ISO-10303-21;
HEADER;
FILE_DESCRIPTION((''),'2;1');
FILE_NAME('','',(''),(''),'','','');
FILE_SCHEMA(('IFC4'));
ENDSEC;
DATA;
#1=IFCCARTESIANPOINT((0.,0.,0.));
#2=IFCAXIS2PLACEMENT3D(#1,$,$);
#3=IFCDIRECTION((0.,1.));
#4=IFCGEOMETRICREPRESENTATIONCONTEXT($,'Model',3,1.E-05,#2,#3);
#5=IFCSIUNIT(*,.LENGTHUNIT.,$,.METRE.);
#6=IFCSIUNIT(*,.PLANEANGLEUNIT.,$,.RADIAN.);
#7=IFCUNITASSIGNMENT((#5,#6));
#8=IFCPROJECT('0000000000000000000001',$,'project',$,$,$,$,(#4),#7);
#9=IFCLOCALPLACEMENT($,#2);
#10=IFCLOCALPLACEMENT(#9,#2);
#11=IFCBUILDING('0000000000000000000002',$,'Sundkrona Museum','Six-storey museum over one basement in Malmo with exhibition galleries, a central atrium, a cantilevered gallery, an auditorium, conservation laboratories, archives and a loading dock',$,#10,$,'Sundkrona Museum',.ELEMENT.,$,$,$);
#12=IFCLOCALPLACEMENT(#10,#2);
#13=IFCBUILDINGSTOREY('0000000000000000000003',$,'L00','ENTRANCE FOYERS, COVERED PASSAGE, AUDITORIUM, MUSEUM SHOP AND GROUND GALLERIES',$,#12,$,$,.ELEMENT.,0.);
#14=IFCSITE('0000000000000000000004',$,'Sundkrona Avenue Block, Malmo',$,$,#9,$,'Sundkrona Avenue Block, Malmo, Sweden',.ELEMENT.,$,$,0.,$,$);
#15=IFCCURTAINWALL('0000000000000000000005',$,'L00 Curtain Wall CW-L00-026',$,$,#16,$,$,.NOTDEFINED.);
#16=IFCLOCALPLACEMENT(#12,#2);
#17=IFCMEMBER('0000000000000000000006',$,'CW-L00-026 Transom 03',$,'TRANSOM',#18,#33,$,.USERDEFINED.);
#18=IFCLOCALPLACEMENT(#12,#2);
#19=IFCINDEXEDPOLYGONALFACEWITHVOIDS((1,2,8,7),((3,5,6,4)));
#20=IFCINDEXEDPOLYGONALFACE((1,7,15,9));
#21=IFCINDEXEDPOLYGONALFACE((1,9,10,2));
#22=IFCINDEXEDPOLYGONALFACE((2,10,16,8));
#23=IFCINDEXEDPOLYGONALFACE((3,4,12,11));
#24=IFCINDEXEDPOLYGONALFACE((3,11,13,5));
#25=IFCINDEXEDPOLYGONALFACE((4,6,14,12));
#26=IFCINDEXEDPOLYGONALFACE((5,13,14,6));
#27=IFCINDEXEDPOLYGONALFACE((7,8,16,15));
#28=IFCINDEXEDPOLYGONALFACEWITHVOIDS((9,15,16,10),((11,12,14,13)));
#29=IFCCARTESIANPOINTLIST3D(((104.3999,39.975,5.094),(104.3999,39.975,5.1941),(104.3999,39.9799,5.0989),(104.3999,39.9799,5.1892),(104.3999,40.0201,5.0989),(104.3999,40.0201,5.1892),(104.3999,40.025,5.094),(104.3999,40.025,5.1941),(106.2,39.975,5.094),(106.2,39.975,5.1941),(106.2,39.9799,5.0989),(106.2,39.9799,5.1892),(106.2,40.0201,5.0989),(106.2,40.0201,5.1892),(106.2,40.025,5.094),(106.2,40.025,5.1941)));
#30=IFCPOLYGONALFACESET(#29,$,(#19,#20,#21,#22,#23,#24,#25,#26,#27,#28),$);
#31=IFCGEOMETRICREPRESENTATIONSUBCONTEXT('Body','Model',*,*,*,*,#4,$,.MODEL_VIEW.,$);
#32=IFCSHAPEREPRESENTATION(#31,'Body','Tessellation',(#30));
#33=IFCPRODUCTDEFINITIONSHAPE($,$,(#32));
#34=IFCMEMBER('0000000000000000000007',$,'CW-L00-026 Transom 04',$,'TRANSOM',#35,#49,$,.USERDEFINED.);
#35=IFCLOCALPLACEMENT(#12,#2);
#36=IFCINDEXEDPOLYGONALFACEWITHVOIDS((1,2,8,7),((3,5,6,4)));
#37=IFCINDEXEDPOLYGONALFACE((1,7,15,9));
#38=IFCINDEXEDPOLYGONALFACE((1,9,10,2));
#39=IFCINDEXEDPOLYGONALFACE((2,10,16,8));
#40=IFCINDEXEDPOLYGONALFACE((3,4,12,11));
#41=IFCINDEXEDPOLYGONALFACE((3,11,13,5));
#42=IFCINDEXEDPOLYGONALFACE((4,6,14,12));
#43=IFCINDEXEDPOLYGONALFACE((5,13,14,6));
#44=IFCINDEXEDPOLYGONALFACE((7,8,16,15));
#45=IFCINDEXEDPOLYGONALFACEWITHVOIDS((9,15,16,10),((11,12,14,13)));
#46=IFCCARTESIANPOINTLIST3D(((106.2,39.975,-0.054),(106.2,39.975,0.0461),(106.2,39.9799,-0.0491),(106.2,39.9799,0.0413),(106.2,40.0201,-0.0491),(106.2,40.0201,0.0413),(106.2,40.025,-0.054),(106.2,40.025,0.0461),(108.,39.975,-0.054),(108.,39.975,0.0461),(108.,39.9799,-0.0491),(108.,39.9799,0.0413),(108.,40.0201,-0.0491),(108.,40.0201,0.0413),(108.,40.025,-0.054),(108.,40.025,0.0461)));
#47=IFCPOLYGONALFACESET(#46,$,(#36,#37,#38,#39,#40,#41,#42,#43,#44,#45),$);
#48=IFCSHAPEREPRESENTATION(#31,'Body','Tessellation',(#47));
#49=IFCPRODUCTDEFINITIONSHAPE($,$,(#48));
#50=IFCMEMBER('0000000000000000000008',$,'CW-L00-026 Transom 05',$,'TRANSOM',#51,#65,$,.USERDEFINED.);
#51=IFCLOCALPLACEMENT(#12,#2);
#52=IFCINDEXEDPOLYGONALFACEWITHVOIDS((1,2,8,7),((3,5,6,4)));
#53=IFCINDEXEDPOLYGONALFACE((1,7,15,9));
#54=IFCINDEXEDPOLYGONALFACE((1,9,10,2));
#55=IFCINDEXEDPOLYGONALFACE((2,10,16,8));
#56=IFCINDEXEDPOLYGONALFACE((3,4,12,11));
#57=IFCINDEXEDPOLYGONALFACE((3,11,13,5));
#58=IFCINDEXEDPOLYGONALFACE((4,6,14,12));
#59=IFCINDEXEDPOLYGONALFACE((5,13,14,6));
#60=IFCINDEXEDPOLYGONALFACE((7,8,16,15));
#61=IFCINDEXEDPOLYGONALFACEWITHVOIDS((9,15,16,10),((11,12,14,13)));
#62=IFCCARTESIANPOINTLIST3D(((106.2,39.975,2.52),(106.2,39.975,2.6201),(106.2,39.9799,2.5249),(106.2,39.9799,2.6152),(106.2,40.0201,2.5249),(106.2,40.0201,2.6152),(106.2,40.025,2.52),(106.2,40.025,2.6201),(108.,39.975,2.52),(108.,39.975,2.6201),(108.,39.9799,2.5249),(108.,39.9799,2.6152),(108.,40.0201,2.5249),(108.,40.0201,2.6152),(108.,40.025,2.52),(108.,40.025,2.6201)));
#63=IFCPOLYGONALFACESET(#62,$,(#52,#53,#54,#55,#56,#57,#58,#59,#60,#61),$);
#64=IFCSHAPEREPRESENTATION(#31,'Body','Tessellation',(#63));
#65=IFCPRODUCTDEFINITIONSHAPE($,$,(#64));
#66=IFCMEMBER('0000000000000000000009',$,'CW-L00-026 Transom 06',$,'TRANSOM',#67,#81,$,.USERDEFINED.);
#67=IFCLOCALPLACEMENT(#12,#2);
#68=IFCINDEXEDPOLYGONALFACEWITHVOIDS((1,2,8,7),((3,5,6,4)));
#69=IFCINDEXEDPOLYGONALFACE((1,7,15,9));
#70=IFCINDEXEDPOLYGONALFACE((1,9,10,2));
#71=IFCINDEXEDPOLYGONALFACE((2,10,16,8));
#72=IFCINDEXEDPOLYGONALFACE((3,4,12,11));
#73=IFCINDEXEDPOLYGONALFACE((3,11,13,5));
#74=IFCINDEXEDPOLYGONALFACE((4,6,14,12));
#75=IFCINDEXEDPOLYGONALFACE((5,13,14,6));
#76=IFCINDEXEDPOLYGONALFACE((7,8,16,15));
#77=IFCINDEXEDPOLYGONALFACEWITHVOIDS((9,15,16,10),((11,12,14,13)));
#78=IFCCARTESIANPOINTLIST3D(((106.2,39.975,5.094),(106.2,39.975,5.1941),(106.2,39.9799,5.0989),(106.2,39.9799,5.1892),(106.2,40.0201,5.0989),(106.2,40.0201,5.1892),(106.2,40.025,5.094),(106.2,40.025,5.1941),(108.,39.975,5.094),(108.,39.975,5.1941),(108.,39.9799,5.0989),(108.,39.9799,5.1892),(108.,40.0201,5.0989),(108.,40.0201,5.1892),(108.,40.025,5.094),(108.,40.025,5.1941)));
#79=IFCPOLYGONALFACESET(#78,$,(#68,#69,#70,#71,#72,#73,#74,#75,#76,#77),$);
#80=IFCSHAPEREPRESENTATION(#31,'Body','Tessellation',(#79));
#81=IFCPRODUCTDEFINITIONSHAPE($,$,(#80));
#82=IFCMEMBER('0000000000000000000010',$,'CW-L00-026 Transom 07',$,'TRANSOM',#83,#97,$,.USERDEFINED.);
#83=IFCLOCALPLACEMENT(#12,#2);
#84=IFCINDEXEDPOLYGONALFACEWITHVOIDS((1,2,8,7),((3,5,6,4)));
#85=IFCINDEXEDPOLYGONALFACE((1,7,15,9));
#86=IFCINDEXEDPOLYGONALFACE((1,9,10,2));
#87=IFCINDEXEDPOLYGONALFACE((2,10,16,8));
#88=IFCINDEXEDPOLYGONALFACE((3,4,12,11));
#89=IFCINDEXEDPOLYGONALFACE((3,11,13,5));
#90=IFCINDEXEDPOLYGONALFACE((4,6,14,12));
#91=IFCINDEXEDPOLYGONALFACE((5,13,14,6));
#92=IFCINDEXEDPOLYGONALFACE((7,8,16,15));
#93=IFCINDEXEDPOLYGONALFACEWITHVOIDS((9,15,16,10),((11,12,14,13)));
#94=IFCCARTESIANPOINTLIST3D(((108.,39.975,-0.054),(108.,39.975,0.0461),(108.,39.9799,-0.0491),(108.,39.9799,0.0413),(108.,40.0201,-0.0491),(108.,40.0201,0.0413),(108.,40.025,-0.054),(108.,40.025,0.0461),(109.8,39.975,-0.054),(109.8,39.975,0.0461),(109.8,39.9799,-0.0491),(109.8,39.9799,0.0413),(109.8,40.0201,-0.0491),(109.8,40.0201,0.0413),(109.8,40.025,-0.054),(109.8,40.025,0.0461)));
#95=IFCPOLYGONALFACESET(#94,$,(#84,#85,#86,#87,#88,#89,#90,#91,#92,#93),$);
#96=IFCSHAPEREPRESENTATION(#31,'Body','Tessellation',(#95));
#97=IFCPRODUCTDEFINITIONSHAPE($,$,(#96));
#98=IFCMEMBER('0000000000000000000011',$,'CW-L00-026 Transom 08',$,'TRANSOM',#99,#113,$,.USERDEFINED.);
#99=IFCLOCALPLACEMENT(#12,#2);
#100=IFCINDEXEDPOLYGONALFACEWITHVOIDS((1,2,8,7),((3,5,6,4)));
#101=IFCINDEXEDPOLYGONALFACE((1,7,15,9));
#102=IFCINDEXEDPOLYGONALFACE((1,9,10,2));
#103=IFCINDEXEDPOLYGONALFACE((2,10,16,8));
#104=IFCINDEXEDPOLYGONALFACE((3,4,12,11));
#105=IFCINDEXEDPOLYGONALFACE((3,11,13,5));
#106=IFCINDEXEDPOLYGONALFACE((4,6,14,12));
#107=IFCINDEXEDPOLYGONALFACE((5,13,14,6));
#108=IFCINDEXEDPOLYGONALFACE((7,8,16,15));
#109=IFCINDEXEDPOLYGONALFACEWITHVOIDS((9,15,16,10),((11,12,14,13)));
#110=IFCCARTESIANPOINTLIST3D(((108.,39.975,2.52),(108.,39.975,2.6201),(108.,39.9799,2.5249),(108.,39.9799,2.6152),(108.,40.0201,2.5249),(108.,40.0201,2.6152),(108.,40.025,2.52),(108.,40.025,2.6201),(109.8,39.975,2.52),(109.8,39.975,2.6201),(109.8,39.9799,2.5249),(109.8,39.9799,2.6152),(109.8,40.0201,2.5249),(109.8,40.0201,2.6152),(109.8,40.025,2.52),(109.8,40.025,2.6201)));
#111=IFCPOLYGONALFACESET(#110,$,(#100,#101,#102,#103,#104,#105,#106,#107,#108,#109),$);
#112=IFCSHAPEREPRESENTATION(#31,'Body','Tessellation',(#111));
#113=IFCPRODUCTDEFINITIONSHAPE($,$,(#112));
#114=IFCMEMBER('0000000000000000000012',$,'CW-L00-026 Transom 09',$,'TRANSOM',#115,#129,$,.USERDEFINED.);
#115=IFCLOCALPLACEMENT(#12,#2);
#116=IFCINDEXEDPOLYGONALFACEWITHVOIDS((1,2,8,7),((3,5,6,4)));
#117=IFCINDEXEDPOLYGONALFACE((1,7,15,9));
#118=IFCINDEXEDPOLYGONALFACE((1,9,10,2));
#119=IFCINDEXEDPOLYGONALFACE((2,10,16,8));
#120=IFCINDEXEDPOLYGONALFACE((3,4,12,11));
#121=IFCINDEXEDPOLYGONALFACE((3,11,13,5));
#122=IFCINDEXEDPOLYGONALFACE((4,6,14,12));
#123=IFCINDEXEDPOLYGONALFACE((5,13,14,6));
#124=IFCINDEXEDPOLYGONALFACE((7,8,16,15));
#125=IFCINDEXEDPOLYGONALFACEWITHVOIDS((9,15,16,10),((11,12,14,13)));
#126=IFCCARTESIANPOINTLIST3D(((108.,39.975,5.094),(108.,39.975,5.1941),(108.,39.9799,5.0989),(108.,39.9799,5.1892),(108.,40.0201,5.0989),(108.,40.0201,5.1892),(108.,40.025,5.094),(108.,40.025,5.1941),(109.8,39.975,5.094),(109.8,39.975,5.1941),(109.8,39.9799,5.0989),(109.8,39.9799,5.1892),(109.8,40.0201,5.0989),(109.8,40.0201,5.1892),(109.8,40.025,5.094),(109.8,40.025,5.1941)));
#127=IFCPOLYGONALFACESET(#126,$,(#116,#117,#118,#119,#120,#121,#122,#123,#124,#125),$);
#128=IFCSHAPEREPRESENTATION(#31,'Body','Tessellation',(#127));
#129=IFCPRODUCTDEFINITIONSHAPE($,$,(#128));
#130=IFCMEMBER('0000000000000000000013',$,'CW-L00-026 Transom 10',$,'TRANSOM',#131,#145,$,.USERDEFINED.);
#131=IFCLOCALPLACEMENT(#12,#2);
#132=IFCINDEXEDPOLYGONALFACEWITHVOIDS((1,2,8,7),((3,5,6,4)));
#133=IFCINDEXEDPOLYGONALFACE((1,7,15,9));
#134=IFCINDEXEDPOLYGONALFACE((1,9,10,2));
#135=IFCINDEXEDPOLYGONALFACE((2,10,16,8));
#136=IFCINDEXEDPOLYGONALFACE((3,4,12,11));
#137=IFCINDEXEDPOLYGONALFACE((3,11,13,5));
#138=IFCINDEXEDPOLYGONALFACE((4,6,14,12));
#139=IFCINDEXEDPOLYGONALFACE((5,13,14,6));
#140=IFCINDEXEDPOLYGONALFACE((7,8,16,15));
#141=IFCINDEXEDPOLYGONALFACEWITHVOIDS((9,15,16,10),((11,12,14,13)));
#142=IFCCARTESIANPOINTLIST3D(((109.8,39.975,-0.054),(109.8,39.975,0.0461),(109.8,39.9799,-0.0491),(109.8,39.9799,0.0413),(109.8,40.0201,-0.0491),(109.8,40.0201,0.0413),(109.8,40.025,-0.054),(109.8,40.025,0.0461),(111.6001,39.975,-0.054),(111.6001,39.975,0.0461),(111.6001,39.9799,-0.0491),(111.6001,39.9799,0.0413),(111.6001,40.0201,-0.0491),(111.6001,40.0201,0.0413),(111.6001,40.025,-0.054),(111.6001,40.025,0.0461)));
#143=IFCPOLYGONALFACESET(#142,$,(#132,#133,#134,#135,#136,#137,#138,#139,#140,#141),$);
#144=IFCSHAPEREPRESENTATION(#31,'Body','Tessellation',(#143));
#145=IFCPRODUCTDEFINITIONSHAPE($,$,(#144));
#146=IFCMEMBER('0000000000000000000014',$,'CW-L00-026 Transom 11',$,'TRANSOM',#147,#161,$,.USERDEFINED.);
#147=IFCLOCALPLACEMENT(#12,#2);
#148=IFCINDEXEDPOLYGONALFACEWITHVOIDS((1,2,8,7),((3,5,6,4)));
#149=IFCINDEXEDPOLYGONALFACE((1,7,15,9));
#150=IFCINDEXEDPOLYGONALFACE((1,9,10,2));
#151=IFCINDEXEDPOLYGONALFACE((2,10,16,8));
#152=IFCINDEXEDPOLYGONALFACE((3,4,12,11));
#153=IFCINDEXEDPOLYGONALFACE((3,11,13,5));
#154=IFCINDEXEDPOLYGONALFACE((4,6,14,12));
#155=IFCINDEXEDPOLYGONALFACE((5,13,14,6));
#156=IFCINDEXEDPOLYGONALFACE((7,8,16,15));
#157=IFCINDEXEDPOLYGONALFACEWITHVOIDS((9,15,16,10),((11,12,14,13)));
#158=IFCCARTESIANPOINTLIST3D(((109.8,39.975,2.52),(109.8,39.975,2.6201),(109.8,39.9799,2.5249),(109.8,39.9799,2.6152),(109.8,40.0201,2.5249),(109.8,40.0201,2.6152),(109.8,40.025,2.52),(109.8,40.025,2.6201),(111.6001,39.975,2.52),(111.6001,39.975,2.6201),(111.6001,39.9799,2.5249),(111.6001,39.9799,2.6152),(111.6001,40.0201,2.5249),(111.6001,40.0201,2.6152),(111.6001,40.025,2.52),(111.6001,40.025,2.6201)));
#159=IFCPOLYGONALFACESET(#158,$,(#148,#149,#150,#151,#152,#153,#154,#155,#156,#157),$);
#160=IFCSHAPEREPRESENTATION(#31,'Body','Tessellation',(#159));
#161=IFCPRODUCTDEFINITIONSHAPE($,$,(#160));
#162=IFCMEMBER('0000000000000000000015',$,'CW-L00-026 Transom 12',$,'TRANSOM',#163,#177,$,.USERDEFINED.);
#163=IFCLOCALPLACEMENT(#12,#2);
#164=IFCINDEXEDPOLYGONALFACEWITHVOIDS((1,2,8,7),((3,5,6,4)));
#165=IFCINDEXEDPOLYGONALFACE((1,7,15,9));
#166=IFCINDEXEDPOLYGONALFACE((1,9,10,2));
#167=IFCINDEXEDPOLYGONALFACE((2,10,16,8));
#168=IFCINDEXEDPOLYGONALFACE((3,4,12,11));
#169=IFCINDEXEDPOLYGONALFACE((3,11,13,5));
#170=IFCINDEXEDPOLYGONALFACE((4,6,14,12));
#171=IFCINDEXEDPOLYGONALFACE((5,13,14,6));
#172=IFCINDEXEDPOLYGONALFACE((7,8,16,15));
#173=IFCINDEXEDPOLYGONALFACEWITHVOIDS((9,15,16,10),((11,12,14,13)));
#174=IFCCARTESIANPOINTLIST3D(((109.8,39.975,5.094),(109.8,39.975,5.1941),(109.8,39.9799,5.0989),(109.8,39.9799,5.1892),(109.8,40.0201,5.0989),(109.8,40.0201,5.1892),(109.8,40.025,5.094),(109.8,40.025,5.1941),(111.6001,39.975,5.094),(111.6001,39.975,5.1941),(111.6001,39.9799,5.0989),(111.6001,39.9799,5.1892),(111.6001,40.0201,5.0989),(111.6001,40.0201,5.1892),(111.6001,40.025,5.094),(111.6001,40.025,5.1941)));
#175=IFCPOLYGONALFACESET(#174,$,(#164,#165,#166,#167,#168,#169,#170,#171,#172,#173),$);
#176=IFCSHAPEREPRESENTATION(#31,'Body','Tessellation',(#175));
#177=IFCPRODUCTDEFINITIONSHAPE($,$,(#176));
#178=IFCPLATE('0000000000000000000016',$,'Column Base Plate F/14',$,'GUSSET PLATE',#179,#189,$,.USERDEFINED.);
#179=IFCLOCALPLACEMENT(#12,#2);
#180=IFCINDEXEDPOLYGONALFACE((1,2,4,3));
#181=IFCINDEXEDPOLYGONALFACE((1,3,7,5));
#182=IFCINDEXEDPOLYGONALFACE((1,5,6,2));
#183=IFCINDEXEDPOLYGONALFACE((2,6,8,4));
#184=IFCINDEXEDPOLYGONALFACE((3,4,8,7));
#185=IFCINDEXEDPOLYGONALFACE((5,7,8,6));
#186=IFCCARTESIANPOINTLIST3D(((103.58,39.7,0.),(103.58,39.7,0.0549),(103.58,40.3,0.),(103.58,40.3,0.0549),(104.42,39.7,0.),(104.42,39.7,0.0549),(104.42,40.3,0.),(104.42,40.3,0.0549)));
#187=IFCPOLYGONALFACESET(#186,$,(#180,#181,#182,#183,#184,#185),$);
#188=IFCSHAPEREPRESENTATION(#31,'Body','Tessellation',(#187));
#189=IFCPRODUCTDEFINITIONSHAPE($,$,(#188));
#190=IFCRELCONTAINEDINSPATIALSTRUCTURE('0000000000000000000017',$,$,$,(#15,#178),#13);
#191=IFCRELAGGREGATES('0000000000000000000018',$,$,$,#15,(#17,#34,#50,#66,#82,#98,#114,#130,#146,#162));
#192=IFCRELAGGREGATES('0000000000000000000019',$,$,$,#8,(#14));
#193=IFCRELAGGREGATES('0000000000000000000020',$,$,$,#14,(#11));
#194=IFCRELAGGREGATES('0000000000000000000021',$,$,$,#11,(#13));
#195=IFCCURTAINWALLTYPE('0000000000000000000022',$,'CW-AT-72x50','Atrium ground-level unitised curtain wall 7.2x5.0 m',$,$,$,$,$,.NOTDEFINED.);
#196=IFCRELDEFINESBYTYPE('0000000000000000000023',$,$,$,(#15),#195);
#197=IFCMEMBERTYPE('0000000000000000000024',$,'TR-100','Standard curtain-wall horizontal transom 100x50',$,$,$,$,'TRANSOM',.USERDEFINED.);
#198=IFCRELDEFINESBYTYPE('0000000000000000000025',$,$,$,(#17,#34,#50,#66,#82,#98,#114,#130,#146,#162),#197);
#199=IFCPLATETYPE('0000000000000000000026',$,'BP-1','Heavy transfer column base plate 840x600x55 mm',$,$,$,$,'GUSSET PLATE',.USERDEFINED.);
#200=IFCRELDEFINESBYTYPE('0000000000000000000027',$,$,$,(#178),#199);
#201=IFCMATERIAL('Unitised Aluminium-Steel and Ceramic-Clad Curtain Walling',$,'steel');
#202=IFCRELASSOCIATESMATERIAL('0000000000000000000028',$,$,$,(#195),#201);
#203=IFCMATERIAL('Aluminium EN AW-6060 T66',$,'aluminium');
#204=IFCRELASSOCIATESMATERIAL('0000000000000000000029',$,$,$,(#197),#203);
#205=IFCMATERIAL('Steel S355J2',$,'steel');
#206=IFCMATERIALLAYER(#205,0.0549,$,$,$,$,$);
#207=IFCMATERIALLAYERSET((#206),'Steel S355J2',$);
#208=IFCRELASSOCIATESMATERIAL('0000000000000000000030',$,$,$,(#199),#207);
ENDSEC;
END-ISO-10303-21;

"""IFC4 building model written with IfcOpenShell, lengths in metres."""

from ifc_helpers import new_model, si_unit, direction, frame, origin, origin_2d, place, context, subcontext, project, spatial, rectangle, hollow_rectangle, extrude, material, layer, layer_set, material_profile, profile_set, type_object, element, aggregate, save


model = new_model("IFC4")

# Units and contexts
model_context = context("Model", 3, precision=1e-05, world=origin(), true_north=direction((0.0, 1.0)))
body_context = subcontext(model_context, "Body", "Model", "MODEL_VIEW")
ifc_project = project(units=[si_unit("LENGTHUNIT", "METRE"), si_unit("PLANEANGLEUNIT", "RADIAN")], contexts=[model_context])

# Site, building, storey
site_placement = place(None, origin())
site = spatial("IfcSite", under=ifc_project, at=site_placement, Name="Sundkrona Avenue Block, Malmo", LongName="Sundkrona Avenue Block, Malmo, Sweden", CompositionType="ELEMENT", RefElevation=0.0)
building_placement = place(site_placement, origin())
building = spatial("IfcBuilding", under=site, at=building_placement, Name="Sundkrona Museum", Description="Six-storey museum over one basement in Malmo with exhibition galleries, a central atrium, a cantilevered gallery, an auditorium, conservation laboratories, archives and a loading dock", LongName="Sundkrona Museum", CompositionType="ELEMENT")
storey_placement = place(building_placement, origin())
storey = spatial("IfcBuildingStorey", under=building, at=storey_placement, Name="L00", Description="ENTRANCE FOYERS, COVERED PASSAGE, AUDITORIUM, MUSEUM SHOP AND GROUND GALLERIES", CompositionType="ELEMENT", Elevation=0.0)

# Shared definitions
ifc_material_1 = material(Name="Steel S355J2", Category="steel")

# Curtain wall
ifc_material_2 = material(Name="Unitised Aluminium-Steel and Ceramic-Clad Curtain Walling", Category="steel")
curtain_wall_type = type_object("IfcCurtainWallType", Name="CW-AT-72x50", Description="Atrium ground-level unitised curtain wall 7.2x5.0 m", PredefinedType="NOTDEFINED", material=ifc_material_2)
ifc_material_3 = material(Name="Aluminium EN AW-6060 T66", Category="aluminium")
curtain_wall_1_placement = place(storey_placement, origin())
curtain_wall_1 = element("IfcCurtainWall", 1, at=curtain_wall_1_placement, inside=storey, type_object=curtain_wall_type, Name="L00 Curtain Wall CW-L00-026", PredefinedType="NOTDEFINED")

# Members
ifc_material_profile_1 = material_profile(ifc_material_3, hollow_rectangle(XDim=0.05, YDim=0.1001, WallThickness=0.0049, at=origin_2d()), Name="RHS 100x50x5.0")
ifc_profile_set_1 = profile_set([ifc_material_profile_1], Name="Aluminium EN AW-6060 T66")
member_type_1 = type_object("IfcMemberType", Name="TR-100", Description="Standard curtain-wall horizontal transom 100x50", ElementType="TRANSOM", PredefinedType="USERDEFINED", material=ifc_profile_set_1)
member_1_placement = place(storey_placement, frame((104.3999, 40.0, 5.144), z_axis=(1.0, 0.0, 0.0), x_axis=(0.0, 1.0, 0.0)))
member_1 = element("IfcMember", 2, at=member_1_placement, type_object=member_type_1, Name="CW-L00-026 Transom 03", ObjectType="TRANSOM", PredefinedType="USERDEFINED", context=body_context, shape_type="SweptSolid", body=[
    extrude(hollow_rectangle(XDim=0.05, YDim=0.1001, WallThickness=0.0049, at=origin_2d()), origin(), (0.0, 0.0, 1.0), 1.8),
])
member_2_placement = place(storey_placement, frame((106.2, 40.0, -0.0039), z_axis=(1.0, 0.0, 0.0), x_axis=(0.0, 1.0, 0.0)))
member_2 = element("IfcMember", 3, at=member_2_placement, type_object=member_type_1, Name="CW-L00-026 Transom 04", ObjectType="TRANSOM", PredefinedType="USERDEFINED", context=body_context, shape_type="SweptSolid", body=[
    extrude(hollow_rectangle(XDim=0.05, YDim=0.1001, WallThickness=0.0049, at=origin_2d()), origin(), (0.0, 0.0, 1.0), 1.8),
])
member_3_placement = place(storey_placement, frame((106.2, 40.0, 2.5701), z_axis=(1.0, 0.0, 0.0), x_axis=(0.0, 1.0, 0.0)))
member_3 = element("IfcMember", 4, at=member_3_placement, type_object=member_type_1, Name="CW-L00-026 Transom 05", ObjectType="TRANSOM", PredefinedType="USERDEFINED", context=body_context, shape_type="SweptSolid", body=[
    extrude(hollow_rectangle(XDim=0.05, YDim=0.1001, WallThickness=0.0049, at=origin_2d()), origin(), (0.0, 0.0, 1.0), 1.8),
])
member_4_placement = place(storey_placement, frame((106.2, 40.0, 5.144), z_axis=(1.0, 0.0, 0.0), x_axis=(0.0, 1.0, 0.0)))
member_4 = element("IfcMember", 5, at=member_4_placement, type_object=member_type_1, Name="CW-L00-026 Transom 06", ObjectType="TRANSOM", PredefinedType="USERDEFINED", context=body_context, shape_type="SweptSolid", body=[
    extrude(hollow_rectangle(XDim=0.05, YDim=0.1001, WallThickness=0.0049, at=origin_2d()), origin(), (0.0, 0.0, 1.0), 1.8),
])
member_5_placement = place(storey_placement, frame((108.0, 40.0, -0.0039), z_axis=(1.0, 0.0, 0.0), x_axis=(0.0, 1.0, 0.0)))
member_5 = element("IfcMember", 6, at=member_5_placement, type_object=member_type_1, Name="CW-L00-026 Transom 07", ObjectType="TRANSOM", PredefinedType="USERDEFINED", context=body_context, shape_type="SweptSolid", body=[
    extrude(hollow_rectangle(XDim=0.05, YDim=0.1001, WallThickness=0.0049, at=origin_2d()), origin(), (0.0, 0.0, 1.0), 1.8),
])
member_6_placement = place(storey_placement, frame((108.0, 40.0, 2.5701), z_axis=(1.0, 0.0, 0.0), x_axis=(0.0, 1.0, 0.0)))
member_6 = element("IfcMember", 7, at=member_6_placement, type_object=member_type_1, Name="CW-L00-026 Transom 08", ObjectType="TRANSOM", PredefinedType="USERDEFINED", context=body_context, shape_type="SweptSolid", body=[
    extrude(hollow_rectangle(XDim=0.05, YDim=0.1001, WallThickness=0.0049, at=origin_2d()), origin(), (0.0, 0.0, 1.0), 1.8),
])
member_7_placement = place(storey_placement, frame((108.0, 40.0, 5.144), z_axis=(1.0, 0.0, 0.0), x_axis=(0.0, 1.0, 0.0)))
member_7 = element("IfcMember", 8, at=member_7_placement, type_object=member_type_1, Name="CW-L00-026 Transom 09", ObjectType="TRANSOM", PredefinedType="USERDEFINED", context=body_context, shape_type="SweptSolid", body=[
    extrude(hollow_rectangle(XDim=0.05, YDim=0.1001, WallThickness=0.0049, at=origin_2d()), origin(), (0.0, 0.0, 1.0), 1.8),
])
member_8_placement = place(storey_placement, frame((109.8, 40.0, -0.0039), z_axis=(1.0, 0.0, 0.0), x_axis=(0.0, 1.0, 0.0)))
member_8 = element("IfcMember", 9, at=member_8_placement, type_object=member_type_1, Name="CW-L00-026 Transom 10", ObjectType="TRANSOM", PredefinedType="USERDEFINED", context=body_context, shape_type="SweptSolid", body=[
    extrude(hollow_rectangle(XDim=0.05, YDim=0.1001, WallThickness=0.0049, at=origin_2d()), origin(), (0.0, 0.0, 1.0), 1.8),
])
member_9_placement = place(storey_placement, frame((109.8, 40.0, 2.5701), z_axis=(1.0, 0.0, 0.0), x_axis=(0.0, 1.0, 0.0)))
member_9 = element("IfcMember", 10, at=member_9_placement, type_object=member_type_1, Name="CW-L00-026 Transom 11", ObjectType="TRANSOM", PredefinedType="USERDEFINED", context=body_context, shape_type="SweptSolid", body=[
    extrude(hollow_rectangle(XDim=0.05, YDim=0.1001, WallThickness=0.0049, at=origin_2d()), origin(), (0.0, 0.0, 1.0), 1.8),
])
member_10_placement = place(storey_placement, frame((109.8, 40.0, 5.144), z_axis=(1.0, 0.0, 0.0), x_axis=(0.0, 1.0, 0.0)))
member_10 = element("IfcMember", 11, at=member_10_placement, type_object=member_type_1, Name="CW-L00-026 Transom 12", ObjectType="TRANSOM", PredefinedType="USERDEFINED", context=body_context, shape_type="SweptSolid", body=[
    extrude(hollow_rectangle(XDim=0.05, YDim=0.1001, WallThickness=0.0049, at=origin_2d()), origin(), (0.0, 0.0, 1.0), 1.8),
])

# Plate
ifc_layer_1 = layer(ifc_material_1, 0.0549)
ifc_layer_set_1 = layer_set([ifc_layer_1], Name="Steel S355J2")
plate_type_1 = type_object("IfcPlateType", Name="BP-1", Description="Heavy transfer column base plate 840x600x55 mm", ElementType="GUSSET PLATE", PredefinedType="USERDEFINED", material=ifc_layer_set_1)
plate_1_placement = place(storey_placement, frame((104.0, 40.0, 0.0), z_axis=(0.0, 0.0, 1.0), x_axis=(1.0, 0.0, 0.0)))
element("IfcPlate", 12, at=plate_1_placement, inside=storey, type_object=plate_type_1, Name="Column Base Plate F/14", ObjectType="GUSSET PLATE", PredefinedType="USERDEFINED", context=body_context, shape_type="SweptSolid", body=[
    extrude(rectangle(XDim=0.8401, YDim=0.6001, at=origin_2d()), origin(), (0.0, 0.0, 1.0), 0.0549),
])
aggregate(curtain_wall_1, [member_1, member_2, member_3, member_4, member_5, member_6, member_7, member_8, member_9, member_10])

save(model, "model.ifc")
